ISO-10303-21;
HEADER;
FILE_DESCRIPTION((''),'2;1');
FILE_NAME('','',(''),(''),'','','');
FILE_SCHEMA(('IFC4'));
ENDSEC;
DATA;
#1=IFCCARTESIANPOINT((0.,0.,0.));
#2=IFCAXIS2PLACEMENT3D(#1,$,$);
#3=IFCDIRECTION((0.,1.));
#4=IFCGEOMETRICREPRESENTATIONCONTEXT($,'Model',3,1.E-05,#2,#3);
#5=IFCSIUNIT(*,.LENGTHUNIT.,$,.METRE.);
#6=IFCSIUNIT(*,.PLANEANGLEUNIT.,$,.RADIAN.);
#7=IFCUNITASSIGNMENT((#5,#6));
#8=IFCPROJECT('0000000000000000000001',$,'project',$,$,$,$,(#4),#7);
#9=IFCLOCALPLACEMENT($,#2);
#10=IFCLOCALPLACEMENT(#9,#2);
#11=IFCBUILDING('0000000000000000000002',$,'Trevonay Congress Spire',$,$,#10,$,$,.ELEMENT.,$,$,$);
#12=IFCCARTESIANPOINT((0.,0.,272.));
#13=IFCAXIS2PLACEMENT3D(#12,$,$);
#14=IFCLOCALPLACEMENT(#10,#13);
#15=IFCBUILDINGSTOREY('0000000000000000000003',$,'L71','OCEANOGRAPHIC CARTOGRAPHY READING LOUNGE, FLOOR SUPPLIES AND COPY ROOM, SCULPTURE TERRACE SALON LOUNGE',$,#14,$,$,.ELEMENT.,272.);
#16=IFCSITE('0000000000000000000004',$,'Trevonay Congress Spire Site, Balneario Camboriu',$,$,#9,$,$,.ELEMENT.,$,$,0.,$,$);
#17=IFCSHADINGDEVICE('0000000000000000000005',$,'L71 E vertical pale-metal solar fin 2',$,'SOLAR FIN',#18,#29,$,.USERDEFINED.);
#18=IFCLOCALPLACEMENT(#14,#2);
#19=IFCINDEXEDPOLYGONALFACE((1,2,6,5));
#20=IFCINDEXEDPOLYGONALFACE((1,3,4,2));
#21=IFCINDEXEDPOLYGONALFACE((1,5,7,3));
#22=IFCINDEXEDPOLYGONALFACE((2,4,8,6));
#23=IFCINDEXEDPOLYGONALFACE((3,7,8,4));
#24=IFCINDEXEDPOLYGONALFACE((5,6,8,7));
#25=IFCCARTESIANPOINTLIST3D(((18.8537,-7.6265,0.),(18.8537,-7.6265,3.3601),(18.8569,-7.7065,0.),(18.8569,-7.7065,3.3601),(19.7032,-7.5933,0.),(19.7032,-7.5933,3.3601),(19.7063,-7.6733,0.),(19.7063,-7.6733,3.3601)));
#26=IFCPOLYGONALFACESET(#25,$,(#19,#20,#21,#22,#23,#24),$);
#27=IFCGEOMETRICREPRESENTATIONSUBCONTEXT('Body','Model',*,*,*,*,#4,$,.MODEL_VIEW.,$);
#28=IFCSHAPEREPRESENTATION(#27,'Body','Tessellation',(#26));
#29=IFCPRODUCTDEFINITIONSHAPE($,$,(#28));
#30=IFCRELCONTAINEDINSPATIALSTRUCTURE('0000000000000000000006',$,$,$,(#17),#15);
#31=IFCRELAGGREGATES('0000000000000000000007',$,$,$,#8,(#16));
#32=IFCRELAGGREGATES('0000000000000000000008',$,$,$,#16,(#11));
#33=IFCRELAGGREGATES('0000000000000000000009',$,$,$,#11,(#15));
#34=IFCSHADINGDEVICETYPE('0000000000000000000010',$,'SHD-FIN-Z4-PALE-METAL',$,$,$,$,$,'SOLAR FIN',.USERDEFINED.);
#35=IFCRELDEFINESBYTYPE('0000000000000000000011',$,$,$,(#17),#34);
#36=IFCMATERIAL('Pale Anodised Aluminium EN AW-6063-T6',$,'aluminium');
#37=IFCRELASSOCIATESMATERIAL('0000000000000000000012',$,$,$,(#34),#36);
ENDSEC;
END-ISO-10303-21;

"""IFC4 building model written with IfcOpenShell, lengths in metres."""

from ifc_helpers import new_model, si_unit, direction, frame, origin, origin_2d, place, context, subcontext, project, spatial, rectangle, extrude, material, type_object, element, save


model = new_model("IFC4")

# Units and contexts
model_context = context("Model", 3, precision=1e-05, world=origin(), true_north=direction((0.0, 1.0)))
body_context = subcontext(model_context, "Body", "Model", "MODEL_VIEW")
ifc_project = project(units=[si_unit("LENGTHUNIT", "METRE"), si_unit("PLANEANGLEUNIT", "RADIAN")], contexts=[model_context])

# Site, building, storey
site_placement = place(None, origin())
site = spatial("IfcSite", under=ifc_project, at=site_placement, Name="Trevonay Congress Spire Site, Balneario Camboriu", CompositionType="ELEMENT", RefElevation=0.0)
building_placement = place(site_placement, origin())
building = spatial("IfcBuilding", under=site, at=building_placement, Name="Trevonay Congress Spire", CompositionType="ELEMENT")
storey_placement = place(building_placement, frame((0.0, 0.0, 272.0)))
storey = spatial("IfcBuildingStorey", under=building, at=storey_placement, Name="L71", Description="OCEANOGRAPHIC CARTOGRAPHY READING LOUNGE, FLOOR SUPPLIES AND COPY ROOM, SCULPTURE TERRACE SALON LOUNGE", CompositionType="ELEMENT", Elevation=272.0)

# Shared definitions
ifc_material_1 = material(Name="Pale Anodised Aluminium EN AW-6063-T6", Category="aluminium")

# Shading device
shading_device_type = type_object("IfcShadingDeviceType", Name="SHD-FIN-Z4-PALE-METAL", ElementType="SOLAR FIN", PredefinedType="USERDEFINED", material=ifc_material_1)
for number, where, z_axis, x_axis, name in (
    (1, (19.28, -7.6499, 0.0), (0.0, 0.0, 1.0), (-0.039085, 0.999236, 0.0), "L71 E vertical pale-metal solar fin 2"),
):
    element("IfcShadingDevice", number, at=place(storey_placement, frame(where, z_axis=z_axis, x_axis=x_axis)), inside=storey, type_object=shading_device_type, Name=name, ObjectType="SOLAR FIN", PredefinedType="USERDEFINED", context=body_context, shape_type="SweptSolid", body=[
        extrude(rectangle(XDim=0.0801, YDim=0.8501, at=origin_2d()), origin(), (0.0, 0.0, 1.0), 3.3601),
    ])

save(model, "model.ifc")
